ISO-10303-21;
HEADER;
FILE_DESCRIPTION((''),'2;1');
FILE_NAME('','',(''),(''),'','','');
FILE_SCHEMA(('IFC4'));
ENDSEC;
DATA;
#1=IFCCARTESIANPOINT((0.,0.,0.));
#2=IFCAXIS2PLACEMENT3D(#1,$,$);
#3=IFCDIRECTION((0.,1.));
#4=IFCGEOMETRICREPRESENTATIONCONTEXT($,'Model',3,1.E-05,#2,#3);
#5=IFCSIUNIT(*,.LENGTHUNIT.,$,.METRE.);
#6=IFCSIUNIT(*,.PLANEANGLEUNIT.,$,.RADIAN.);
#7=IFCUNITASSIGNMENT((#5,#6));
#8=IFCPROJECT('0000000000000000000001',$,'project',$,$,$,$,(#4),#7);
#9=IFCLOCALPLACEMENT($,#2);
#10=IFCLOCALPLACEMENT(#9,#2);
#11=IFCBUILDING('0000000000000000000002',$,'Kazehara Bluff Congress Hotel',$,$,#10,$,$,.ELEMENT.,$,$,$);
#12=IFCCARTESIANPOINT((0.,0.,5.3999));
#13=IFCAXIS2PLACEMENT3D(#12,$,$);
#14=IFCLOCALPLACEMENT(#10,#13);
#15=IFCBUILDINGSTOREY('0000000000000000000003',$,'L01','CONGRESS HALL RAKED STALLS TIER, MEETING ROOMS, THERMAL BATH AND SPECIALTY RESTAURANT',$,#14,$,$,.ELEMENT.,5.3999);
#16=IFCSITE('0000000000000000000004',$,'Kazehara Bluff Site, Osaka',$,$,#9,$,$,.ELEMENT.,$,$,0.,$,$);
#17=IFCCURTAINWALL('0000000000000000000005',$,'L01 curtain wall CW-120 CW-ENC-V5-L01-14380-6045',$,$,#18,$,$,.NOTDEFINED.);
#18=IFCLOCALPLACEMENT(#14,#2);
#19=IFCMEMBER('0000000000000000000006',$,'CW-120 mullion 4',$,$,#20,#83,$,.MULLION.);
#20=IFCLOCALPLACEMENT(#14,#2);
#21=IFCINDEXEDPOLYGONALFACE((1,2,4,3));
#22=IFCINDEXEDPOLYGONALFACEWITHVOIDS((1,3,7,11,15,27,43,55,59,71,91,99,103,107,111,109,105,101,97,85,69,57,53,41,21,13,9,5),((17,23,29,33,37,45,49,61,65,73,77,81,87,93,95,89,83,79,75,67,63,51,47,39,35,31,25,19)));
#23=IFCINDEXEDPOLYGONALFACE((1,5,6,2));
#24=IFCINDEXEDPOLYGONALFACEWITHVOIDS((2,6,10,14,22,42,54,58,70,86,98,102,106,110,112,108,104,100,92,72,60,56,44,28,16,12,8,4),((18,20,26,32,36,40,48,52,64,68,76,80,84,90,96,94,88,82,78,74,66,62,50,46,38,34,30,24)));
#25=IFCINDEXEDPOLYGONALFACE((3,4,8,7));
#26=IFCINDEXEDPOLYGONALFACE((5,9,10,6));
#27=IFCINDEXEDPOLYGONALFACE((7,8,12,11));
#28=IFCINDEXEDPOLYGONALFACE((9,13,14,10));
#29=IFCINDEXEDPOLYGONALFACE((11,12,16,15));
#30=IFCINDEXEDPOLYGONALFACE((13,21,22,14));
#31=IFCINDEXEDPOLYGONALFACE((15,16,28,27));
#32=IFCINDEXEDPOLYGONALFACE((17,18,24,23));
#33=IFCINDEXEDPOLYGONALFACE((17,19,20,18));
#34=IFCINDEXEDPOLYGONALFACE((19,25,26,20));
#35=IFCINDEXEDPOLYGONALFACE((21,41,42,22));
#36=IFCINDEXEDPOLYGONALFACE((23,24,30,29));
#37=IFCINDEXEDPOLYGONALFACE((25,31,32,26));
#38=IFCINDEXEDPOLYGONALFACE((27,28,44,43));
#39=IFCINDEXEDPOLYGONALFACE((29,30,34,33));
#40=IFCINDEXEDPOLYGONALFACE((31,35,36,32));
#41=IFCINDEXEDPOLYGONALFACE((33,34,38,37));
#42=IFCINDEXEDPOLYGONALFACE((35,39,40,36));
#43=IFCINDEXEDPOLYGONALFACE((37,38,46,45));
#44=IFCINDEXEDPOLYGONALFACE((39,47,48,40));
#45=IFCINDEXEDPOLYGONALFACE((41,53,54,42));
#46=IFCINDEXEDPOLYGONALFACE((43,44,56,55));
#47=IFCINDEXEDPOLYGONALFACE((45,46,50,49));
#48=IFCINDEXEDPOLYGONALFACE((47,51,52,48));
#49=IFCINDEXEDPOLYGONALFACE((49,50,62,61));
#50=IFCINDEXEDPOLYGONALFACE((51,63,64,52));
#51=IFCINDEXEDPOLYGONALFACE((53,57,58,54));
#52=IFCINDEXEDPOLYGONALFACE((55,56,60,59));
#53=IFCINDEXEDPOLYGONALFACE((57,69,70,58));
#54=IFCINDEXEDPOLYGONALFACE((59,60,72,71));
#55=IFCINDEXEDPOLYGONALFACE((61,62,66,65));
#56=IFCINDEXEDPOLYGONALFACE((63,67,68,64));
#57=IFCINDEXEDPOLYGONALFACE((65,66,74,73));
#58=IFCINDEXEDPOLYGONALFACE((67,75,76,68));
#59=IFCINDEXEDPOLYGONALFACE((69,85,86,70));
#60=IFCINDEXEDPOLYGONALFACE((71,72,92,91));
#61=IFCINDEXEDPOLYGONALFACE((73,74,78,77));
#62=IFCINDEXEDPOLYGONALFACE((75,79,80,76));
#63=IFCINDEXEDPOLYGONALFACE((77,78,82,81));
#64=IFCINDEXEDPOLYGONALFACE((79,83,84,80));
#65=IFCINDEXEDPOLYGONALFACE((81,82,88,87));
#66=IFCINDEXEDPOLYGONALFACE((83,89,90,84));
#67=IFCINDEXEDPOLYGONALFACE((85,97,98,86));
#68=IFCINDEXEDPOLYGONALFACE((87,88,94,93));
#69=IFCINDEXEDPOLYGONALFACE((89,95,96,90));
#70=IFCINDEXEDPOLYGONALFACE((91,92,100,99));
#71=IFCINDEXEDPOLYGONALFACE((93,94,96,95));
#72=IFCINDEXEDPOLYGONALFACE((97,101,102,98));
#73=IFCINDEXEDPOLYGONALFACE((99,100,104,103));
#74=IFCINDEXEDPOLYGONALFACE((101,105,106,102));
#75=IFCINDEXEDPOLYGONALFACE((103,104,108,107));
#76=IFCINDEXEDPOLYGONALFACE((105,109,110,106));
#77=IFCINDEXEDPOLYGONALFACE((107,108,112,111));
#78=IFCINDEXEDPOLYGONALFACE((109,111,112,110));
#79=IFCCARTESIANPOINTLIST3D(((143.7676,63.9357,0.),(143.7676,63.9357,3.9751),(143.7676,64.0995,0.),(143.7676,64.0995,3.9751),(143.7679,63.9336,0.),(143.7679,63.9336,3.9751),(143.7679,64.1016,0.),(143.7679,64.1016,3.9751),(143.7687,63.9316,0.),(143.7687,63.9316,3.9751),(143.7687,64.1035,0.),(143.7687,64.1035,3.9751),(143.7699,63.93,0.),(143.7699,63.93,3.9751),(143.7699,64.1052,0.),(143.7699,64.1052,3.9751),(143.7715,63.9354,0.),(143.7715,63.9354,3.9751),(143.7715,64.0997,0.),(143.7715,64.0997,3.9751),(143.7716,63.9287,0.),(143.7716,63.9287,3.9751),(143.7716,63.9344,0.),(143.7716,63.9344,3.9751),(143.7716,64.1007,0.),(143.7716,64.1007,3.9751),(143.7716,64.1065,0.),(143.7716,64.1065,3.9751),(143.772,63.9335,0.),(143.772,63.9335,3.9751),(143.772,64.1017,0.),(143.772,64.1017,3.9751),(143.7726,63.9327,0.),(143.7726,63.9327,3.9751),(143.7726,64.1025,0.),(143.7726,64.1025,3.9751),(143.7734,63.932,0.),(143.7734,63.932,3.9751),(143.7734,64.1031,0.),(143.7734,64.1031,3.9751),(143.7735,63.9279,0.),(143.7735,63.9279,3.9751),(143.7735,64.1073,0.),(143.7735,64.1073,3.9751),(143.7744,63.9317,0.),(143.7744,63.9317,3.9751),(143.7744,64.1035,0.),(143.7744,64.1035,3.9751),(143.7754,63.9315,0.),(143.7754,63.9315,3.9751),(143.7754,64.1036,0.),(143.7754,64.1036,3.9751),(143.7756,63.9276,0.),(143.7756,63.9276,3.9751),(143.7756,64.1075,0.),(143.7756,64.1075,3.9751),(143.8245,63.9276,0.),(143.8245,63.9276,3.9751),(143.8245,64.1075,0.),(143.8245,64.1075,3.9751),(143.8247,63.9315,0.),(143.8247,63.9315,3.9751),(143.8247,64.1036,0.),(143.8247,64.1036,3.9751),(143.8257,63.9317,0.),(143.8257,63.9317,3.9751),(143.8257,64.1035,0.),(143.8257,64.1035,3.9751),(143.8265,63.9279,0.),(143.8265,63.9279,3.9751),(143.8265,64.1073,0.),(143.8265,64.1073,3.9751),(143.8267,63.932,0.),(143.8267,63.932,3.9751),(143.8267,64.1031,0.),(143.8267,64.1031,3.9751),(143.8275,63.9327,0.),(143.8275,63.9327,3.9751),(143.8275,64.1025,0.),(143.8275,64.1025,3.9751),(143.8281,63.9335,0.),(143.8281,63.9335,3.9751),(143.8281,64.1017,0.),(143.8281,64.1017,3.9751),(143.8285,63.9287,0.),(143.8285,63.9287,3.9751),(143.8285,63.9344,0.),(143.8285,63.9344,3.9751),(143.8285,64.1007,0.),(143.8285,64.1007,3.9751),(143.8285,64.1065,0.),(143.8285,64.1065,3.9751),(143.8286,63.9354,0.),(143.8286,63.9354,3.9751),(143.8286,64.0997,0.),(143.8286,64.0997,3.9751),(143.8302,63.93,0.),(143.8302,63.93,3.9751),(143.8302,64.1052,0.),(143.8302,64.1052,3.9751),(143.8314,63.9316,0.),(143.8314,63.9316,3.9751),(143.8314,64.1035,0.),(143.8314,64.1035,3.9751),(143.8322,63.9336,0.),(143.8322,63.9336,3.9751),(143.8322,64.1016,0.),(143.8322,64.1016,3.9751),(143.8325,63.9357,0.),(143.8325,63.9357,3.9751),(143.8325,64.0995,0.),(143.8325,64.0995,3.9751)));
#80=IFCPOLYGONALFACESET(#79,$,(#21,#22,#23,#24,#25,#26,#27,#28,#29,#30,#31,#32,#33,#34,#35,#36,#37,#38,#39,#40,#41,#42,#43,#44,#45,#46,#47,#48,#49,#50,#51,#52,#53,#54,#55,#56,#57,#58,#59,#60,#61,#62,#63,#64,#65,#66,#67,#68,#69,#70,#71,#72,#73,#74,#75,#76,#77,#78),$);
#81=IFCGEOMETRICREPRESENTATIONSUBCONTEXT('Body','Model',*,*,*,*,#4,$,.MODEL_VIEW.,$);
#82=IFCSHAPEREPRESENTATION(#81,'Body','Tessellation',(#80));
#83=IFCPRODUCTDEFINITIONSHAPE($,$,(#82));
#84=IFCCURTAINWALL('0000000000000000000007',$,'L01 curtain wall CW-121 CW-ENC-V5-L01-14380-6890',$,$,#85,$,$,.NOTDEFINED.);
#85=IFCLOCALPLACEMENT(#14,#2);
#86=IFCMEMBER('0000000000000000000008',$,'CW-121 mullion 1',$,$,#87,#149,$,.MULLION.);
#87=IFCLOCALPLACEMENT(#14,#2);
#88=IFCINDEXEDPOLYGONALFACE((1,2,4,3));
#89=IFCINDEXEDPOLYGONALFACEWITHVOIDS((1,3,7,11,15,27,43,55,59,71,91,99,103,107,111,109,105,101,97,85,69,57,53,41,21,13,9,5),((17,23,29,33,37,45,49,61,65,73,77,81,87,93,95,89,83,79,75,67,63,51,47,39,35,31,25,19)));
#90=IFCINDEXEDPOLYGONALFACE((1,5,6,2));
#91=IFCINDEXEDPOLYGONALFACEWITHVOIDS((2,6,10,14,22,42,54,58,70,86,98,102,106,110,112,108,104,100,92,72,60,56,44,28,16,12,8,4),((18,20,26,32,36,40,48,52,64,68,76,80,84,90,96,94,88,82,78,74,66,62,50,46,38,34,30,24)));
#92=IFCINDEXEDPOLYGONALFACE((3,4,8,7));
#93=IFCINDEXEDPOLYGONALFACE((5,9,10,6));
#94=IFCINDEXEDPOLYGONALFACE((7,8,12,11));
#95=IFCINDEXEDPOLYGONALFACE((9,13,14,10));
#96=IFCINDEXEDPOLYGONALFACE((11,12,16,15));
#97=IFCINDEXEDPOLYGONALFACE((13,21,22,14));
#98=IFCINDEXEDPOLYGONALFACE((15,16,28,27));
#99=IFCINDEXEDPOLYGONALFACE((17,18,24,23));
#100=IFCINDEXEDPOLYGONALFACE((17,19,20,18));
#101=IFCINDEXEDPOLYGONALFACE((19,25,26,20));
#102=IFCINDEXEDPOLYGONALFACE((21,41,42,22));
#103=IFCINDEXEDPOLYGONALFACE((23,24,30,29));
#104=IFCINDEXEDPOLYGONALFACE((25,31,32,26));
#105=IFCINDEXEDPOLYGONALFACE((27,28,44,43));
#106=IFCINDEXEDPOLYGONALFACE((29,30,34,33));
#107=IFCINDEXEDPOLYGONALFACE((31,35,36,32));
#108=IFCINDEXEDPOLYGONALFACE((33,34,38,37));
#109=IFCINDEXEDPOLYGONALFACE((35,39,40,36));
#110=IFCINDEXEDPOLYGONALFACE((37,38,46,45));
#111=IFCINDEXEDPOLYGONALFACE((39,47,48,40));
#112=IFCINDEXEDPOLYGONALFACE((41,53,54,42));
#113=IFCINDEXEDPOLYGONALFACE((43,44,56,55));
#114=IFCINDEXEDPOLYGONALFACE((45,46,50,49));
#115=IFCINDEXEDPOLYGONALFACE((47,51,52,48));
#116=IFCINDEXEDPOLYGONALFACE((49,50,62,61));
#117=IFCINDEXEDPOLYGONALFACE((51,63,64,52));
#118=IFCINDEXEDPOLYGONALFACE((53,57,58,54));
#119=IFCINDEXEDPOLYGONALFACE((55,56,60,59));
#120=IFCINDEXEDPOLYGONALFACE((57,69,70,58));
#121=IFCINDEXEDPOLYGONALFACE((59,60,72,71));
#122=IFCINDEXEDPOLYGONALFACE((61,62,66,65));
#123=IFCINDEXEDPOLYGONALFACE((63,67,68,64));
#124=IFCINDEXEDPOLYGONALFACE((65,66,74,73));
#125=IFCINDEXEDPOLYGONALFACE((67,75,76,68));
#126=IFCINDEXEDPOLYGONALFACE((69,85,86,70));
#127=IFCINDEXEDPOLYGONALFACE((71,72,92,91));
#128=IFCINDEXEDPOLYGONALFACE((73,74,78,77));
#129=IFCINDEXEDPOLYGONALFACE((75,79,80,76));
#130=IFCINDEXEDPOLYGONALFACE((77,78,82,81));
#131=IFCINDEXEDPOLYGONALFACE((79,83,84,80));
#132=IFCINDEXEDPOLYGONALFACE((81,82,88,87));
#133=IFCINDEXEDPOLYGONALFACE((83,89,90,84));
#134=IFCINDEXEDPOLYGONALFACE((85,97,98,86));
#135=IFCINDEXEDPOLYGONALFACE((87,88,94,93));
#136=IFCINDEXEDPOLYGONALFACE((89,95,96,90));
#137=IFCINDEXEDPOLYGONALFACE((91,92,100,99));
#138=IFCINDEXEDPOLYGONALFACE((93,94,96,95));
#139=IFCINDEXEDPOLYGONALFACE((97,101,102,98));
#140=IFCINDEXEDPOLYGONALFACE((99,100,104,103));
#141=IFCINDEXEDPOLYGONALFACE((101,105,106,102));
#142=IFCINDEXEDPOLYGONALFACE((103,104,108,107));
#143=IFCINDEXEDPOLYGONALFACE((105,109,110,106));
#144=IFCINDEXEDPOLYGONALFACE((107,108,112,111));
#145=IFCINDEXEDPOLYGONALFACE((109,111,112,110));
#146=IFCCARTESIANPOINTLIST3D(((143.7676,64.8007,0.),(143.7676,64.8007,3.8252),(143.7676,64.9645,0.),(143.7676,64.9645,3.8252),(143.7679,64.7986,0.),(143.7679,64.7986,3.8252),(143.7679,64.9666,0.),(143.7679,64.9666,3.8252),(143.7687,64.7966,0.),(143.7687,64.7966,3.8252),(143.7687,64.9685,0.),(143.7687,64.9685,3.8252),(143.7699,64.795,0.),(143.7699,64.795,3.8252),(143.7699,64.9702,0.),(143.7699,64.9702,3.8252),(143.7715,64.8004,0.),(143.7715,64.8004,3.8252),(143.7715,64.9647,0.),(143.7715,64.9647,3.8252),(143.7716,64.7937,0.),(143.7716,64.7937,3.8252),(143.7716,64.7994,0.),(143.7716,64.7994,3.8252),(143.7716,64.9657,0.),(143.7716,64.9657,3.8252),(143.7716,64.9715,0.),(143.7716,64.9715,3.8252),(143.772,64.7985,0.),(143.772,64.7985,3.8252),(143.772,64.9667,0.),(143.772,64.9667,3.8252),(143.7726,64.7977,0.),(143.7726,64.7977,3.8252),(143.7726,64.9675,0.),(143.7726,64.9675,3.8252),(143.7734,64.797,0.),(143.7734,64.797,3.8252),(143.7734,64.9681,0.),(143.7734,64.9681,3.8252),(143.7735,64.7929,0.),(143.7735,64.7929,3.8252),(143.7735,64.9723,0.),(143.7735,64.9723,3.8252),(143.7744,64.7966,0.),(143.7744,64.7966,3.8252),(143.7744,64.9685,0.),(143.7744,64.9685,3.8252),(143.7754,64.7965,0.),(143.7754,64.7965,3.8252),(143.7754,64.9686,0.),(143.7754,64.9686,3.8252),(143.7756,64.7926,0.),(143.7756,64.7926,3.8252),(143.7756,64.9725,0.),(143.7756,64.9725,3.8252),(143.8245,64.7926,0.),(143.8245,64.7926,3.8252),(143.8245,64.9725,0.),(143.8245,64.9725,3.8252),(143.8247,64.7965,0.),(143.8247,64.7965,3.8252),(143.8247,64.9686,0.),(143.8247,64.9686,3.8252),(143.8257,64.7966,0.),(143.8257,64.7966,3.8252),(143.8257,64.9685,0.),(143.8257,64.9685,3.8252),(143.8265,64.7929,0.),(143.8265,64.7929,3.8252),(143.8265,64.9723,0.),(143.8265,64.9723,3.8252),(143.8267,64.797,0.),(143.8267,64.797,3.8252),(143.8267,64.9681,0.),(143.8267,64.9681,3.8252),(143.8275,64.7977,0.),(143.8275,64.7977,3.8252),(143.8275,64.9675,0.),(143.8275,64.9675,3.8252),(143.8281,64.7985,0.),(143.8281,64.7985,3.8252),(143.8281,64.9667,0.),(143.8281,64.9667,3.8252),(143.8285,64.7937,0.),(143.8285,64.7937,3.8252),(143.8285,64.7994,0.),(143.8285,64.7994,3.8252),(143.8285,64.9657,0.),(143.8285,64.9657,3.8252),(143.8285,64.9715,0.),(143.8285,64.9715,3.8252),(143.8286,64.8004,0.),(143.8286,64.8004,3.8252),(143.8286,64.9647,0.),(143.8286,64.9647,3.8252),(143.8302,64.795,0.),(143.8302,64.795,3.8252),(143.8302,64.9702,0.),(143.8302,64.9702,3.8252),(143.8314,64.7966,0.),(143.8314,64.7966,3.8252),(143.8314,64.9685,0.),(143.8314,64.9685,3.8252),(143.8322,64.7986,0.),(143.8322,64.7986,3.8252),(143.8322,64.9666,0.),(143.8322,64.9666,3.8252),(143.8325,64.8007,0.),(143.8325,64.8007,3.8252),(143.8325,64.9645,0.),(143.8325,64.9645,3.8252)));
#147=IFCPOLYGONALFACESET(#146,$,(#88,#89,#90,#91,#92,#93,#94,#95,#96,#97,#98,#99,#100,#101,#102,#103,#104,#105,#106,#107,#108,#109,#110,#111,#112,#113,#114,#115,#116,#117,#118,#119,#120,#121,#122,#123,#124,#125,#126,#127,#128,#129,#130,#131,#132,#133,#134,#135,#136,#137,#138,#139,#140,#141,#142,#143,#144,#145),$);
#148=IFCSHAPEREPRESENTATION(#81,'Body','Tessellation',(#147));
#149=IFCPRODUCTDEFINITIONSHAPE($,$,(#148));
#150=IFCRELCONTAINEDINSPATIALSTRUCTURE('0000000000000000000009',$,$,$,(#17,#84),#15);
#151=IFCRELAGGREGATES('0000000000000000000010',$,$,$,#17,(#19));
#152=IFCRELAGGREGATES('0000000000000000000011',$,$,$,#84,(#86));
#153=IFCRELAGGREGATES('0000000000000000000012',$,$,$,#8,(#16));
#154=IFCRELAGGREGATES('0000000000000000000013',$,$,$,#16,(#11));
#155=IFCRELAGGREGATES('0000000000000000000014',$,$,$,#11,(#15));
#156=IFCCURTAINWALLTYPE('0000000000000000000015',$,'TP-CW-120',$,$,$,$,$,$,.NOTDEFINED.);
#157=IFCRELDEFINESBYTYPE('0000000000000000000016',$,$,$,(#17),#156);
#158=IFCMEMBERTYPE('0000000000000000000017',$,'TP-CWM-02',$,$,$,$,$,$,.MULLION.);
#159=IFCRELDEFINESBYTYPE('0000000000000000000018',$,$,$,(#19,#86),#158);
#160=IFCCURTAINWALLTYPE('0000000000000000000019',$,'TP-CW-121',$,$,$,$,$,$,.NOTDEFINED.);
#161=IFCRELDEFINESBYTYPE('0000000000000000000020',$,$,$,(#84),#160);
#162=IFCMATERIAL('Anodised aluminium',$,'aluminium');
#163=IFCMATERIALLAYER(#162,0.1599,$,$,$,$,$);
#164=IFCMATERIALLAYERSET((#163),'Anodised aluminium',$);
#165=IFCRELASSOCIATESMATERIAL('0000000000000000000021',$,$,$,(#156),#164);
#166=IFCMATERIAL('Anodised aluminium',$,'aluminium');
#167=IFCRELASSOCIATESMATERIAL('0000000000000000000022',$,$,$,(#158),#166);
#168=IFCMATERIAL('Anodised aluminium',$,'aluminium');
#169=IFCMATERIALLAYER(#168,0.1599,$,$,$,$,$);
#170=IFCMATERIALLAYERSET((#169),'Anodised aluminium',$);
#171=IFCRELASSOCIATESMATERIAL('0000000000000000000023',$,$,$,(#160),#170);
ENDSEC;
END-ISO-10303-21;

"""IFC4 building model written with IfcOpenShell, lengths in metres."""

from ifc_helpers import new_model, si_unit, direction, frame, origin, origin_2d, place, context, subcontext, project, spatial, hollow_rectangle, extrude, material, layer, layer_set, material_profile, profile_set, type_object, element, aggregate, save


model = new_model("IFC4")

# Units and contexts
model_context = context("Model", 3, precision=1e-05, world=origin(), true_north=direction((0.0, 1.0)))
body_context = subcontext(model_context, "Body", "Model", "MODEL_VIEW")
ifc_project = project(units=[si_unit("LENGTHUNIT", "METRE"), si_unit("PLANEANGLEUNIT", "RADIAN")], contexts=[model_context])

# Site, building, storey
site_placement = place(None, origin())
site = spatial("IfcSite", under=ifc_project, at=site_placement, Name="Kazehara Bluff Site, Osaka", CompositionType="ELEMENT", RefElevation=0.0)
building_placement = place(site_placement, origin())
building = spatial("IfcBuilding", under=site, at=building_placement, Name="Kazehara Bluff Congress Hotel", CompositionType="ELEMENT")
storey_placement = place(building_placement, frame((0.0, 0.0, 5.3999)))
storey = spatial("IfcBuildingStorey", under=building, at=storey_placement, Name="L01", Description="CONGRESS HALL RAKED STALLS TIER, MEETING ROOMS, THERMAL BATH AND SPECIALTY RESTAURANT", CompositionType="ELEMENT", Elevation=5.3999)

# Curtain walls, members
ifc_material_1 = material(Name="Anodised aluminium", Category="aluminium")
ifc_layer_1 = layer(ifc_material_1, 0.1599)
ifc_layer_set_1 = layer_set([ifc_layer_1], Name="Anodised aluminium")
curtain_wall_type_1 = type_object("IfcCurtainWallType", Name="TP-CW-120", PredefinedType="NOTDEFINED", material=ifc_layer_set_1)
curtain_wall_1_placement = place(storey_placement, origin())
curtain_wall_1 = element("IfcCurtainWall", 1, at=curtain_wall_1_placement, inside=storey, type_object=curtain_wall_type_1, Name="L01 curtain wall CW-120 CW-ENC-V5-L01-14380-6045", PredefinedType="NOTDEFINED")
ifc_material_2 = material(Name="Anodised aluminium", Category="aluminium")
ifc_material_profile_1 = material_profile(ifc_material_2, hollow_rectangle(XDim=0.0649, YDim=0.1799, WallThickness=0.0039, InnerFilletRadius=0.0039, OuterFilletRadius=0.0081, at=origin_2d()))
ifc_profile_set_1 = profile_set([ifc_material_profile_1], Name="Anodised aluminium")
member_type_1 = type_object("IfcMemberType", Name="TP-CWM-02", PredefinedType="MULLION", material=ifc_profile_set_1)
member_1_placement = place(storey_placement, frame((143.8, 64.0176, 0.0), z_axis=(0.0, 0.0, 1.0), x_axis=(-1.0, 0.0, 0.0)))
member_1 = element("IfcMember", 2, at=member_1_placement, type_object=member_type_1, Name="CW-120 mullion 4", PredefinedType="MULLION", context=body_context, shape_type="SweptSolid", body=[
    extrude(hollow_rectangle(XDim=0.0649, YDim=0.1799, WallThickness=0.0039, InnerFilletRadius=0.0039, OuterFilletRadius=0.0081, at=origin_2d()), origin(), (0.0, 0.0, 1.0), 3.9751),
])
ifc_material_3 = material(Name="Anodised aluminium", Category="aluminium")
ifc_layer_2 = layer(ifc_material_3, 0.1599)
ifc_layer_set_2 = layer_set([ifc_layer_2], Name="Anodised aluminium")
curtain_wall_type_2 = type_object("IfcCurtainWallType", Name="TP-CW-121", PredefinedType="NOTDEFINED", material=ifc_layer_set_2)
curtain_wall_2_placement = place(storey_placement, origin())
curtain_wall_2 = element("IfcCurtainWall", 3, at=curtain_wall_2_placement, inside=storey, type_object=curtain_wall_type_2, Name="L01 curtain wall CW-121 CW-ENC-V5-L01-14380-6890", PredefinedType="NOTDEFINED")
member_2_placement = place(storey_placement, frame((143.8, 64.8826, 0.0), z_axis=(0.0, 0.0, 1.0), x_axis=(-1.0, 0.0, 0.0)))
member_2 = element("IfcMember", 4, at=member_2_placement, type_object=member_type_1, Name="CW-121 mullion 1", PredefinedType="MULLION", context=body_context, shape_type="SweptSolid", body=[
    extrude(hollow_rectangle(XDim=0.0649, YDim=0.1799, WallThickness=0.0039, InnerFilletRadius=0.0039, OuterFilletRadius=0.0081, at=origin_2d()), origin(), (0.0, 0.0, 1.0), 3.8252),
])

aggregate(curtain_wall_1, [member_1])
aggregate(curtain_wall_2, [member_2])

save(model, "model.ifc")
